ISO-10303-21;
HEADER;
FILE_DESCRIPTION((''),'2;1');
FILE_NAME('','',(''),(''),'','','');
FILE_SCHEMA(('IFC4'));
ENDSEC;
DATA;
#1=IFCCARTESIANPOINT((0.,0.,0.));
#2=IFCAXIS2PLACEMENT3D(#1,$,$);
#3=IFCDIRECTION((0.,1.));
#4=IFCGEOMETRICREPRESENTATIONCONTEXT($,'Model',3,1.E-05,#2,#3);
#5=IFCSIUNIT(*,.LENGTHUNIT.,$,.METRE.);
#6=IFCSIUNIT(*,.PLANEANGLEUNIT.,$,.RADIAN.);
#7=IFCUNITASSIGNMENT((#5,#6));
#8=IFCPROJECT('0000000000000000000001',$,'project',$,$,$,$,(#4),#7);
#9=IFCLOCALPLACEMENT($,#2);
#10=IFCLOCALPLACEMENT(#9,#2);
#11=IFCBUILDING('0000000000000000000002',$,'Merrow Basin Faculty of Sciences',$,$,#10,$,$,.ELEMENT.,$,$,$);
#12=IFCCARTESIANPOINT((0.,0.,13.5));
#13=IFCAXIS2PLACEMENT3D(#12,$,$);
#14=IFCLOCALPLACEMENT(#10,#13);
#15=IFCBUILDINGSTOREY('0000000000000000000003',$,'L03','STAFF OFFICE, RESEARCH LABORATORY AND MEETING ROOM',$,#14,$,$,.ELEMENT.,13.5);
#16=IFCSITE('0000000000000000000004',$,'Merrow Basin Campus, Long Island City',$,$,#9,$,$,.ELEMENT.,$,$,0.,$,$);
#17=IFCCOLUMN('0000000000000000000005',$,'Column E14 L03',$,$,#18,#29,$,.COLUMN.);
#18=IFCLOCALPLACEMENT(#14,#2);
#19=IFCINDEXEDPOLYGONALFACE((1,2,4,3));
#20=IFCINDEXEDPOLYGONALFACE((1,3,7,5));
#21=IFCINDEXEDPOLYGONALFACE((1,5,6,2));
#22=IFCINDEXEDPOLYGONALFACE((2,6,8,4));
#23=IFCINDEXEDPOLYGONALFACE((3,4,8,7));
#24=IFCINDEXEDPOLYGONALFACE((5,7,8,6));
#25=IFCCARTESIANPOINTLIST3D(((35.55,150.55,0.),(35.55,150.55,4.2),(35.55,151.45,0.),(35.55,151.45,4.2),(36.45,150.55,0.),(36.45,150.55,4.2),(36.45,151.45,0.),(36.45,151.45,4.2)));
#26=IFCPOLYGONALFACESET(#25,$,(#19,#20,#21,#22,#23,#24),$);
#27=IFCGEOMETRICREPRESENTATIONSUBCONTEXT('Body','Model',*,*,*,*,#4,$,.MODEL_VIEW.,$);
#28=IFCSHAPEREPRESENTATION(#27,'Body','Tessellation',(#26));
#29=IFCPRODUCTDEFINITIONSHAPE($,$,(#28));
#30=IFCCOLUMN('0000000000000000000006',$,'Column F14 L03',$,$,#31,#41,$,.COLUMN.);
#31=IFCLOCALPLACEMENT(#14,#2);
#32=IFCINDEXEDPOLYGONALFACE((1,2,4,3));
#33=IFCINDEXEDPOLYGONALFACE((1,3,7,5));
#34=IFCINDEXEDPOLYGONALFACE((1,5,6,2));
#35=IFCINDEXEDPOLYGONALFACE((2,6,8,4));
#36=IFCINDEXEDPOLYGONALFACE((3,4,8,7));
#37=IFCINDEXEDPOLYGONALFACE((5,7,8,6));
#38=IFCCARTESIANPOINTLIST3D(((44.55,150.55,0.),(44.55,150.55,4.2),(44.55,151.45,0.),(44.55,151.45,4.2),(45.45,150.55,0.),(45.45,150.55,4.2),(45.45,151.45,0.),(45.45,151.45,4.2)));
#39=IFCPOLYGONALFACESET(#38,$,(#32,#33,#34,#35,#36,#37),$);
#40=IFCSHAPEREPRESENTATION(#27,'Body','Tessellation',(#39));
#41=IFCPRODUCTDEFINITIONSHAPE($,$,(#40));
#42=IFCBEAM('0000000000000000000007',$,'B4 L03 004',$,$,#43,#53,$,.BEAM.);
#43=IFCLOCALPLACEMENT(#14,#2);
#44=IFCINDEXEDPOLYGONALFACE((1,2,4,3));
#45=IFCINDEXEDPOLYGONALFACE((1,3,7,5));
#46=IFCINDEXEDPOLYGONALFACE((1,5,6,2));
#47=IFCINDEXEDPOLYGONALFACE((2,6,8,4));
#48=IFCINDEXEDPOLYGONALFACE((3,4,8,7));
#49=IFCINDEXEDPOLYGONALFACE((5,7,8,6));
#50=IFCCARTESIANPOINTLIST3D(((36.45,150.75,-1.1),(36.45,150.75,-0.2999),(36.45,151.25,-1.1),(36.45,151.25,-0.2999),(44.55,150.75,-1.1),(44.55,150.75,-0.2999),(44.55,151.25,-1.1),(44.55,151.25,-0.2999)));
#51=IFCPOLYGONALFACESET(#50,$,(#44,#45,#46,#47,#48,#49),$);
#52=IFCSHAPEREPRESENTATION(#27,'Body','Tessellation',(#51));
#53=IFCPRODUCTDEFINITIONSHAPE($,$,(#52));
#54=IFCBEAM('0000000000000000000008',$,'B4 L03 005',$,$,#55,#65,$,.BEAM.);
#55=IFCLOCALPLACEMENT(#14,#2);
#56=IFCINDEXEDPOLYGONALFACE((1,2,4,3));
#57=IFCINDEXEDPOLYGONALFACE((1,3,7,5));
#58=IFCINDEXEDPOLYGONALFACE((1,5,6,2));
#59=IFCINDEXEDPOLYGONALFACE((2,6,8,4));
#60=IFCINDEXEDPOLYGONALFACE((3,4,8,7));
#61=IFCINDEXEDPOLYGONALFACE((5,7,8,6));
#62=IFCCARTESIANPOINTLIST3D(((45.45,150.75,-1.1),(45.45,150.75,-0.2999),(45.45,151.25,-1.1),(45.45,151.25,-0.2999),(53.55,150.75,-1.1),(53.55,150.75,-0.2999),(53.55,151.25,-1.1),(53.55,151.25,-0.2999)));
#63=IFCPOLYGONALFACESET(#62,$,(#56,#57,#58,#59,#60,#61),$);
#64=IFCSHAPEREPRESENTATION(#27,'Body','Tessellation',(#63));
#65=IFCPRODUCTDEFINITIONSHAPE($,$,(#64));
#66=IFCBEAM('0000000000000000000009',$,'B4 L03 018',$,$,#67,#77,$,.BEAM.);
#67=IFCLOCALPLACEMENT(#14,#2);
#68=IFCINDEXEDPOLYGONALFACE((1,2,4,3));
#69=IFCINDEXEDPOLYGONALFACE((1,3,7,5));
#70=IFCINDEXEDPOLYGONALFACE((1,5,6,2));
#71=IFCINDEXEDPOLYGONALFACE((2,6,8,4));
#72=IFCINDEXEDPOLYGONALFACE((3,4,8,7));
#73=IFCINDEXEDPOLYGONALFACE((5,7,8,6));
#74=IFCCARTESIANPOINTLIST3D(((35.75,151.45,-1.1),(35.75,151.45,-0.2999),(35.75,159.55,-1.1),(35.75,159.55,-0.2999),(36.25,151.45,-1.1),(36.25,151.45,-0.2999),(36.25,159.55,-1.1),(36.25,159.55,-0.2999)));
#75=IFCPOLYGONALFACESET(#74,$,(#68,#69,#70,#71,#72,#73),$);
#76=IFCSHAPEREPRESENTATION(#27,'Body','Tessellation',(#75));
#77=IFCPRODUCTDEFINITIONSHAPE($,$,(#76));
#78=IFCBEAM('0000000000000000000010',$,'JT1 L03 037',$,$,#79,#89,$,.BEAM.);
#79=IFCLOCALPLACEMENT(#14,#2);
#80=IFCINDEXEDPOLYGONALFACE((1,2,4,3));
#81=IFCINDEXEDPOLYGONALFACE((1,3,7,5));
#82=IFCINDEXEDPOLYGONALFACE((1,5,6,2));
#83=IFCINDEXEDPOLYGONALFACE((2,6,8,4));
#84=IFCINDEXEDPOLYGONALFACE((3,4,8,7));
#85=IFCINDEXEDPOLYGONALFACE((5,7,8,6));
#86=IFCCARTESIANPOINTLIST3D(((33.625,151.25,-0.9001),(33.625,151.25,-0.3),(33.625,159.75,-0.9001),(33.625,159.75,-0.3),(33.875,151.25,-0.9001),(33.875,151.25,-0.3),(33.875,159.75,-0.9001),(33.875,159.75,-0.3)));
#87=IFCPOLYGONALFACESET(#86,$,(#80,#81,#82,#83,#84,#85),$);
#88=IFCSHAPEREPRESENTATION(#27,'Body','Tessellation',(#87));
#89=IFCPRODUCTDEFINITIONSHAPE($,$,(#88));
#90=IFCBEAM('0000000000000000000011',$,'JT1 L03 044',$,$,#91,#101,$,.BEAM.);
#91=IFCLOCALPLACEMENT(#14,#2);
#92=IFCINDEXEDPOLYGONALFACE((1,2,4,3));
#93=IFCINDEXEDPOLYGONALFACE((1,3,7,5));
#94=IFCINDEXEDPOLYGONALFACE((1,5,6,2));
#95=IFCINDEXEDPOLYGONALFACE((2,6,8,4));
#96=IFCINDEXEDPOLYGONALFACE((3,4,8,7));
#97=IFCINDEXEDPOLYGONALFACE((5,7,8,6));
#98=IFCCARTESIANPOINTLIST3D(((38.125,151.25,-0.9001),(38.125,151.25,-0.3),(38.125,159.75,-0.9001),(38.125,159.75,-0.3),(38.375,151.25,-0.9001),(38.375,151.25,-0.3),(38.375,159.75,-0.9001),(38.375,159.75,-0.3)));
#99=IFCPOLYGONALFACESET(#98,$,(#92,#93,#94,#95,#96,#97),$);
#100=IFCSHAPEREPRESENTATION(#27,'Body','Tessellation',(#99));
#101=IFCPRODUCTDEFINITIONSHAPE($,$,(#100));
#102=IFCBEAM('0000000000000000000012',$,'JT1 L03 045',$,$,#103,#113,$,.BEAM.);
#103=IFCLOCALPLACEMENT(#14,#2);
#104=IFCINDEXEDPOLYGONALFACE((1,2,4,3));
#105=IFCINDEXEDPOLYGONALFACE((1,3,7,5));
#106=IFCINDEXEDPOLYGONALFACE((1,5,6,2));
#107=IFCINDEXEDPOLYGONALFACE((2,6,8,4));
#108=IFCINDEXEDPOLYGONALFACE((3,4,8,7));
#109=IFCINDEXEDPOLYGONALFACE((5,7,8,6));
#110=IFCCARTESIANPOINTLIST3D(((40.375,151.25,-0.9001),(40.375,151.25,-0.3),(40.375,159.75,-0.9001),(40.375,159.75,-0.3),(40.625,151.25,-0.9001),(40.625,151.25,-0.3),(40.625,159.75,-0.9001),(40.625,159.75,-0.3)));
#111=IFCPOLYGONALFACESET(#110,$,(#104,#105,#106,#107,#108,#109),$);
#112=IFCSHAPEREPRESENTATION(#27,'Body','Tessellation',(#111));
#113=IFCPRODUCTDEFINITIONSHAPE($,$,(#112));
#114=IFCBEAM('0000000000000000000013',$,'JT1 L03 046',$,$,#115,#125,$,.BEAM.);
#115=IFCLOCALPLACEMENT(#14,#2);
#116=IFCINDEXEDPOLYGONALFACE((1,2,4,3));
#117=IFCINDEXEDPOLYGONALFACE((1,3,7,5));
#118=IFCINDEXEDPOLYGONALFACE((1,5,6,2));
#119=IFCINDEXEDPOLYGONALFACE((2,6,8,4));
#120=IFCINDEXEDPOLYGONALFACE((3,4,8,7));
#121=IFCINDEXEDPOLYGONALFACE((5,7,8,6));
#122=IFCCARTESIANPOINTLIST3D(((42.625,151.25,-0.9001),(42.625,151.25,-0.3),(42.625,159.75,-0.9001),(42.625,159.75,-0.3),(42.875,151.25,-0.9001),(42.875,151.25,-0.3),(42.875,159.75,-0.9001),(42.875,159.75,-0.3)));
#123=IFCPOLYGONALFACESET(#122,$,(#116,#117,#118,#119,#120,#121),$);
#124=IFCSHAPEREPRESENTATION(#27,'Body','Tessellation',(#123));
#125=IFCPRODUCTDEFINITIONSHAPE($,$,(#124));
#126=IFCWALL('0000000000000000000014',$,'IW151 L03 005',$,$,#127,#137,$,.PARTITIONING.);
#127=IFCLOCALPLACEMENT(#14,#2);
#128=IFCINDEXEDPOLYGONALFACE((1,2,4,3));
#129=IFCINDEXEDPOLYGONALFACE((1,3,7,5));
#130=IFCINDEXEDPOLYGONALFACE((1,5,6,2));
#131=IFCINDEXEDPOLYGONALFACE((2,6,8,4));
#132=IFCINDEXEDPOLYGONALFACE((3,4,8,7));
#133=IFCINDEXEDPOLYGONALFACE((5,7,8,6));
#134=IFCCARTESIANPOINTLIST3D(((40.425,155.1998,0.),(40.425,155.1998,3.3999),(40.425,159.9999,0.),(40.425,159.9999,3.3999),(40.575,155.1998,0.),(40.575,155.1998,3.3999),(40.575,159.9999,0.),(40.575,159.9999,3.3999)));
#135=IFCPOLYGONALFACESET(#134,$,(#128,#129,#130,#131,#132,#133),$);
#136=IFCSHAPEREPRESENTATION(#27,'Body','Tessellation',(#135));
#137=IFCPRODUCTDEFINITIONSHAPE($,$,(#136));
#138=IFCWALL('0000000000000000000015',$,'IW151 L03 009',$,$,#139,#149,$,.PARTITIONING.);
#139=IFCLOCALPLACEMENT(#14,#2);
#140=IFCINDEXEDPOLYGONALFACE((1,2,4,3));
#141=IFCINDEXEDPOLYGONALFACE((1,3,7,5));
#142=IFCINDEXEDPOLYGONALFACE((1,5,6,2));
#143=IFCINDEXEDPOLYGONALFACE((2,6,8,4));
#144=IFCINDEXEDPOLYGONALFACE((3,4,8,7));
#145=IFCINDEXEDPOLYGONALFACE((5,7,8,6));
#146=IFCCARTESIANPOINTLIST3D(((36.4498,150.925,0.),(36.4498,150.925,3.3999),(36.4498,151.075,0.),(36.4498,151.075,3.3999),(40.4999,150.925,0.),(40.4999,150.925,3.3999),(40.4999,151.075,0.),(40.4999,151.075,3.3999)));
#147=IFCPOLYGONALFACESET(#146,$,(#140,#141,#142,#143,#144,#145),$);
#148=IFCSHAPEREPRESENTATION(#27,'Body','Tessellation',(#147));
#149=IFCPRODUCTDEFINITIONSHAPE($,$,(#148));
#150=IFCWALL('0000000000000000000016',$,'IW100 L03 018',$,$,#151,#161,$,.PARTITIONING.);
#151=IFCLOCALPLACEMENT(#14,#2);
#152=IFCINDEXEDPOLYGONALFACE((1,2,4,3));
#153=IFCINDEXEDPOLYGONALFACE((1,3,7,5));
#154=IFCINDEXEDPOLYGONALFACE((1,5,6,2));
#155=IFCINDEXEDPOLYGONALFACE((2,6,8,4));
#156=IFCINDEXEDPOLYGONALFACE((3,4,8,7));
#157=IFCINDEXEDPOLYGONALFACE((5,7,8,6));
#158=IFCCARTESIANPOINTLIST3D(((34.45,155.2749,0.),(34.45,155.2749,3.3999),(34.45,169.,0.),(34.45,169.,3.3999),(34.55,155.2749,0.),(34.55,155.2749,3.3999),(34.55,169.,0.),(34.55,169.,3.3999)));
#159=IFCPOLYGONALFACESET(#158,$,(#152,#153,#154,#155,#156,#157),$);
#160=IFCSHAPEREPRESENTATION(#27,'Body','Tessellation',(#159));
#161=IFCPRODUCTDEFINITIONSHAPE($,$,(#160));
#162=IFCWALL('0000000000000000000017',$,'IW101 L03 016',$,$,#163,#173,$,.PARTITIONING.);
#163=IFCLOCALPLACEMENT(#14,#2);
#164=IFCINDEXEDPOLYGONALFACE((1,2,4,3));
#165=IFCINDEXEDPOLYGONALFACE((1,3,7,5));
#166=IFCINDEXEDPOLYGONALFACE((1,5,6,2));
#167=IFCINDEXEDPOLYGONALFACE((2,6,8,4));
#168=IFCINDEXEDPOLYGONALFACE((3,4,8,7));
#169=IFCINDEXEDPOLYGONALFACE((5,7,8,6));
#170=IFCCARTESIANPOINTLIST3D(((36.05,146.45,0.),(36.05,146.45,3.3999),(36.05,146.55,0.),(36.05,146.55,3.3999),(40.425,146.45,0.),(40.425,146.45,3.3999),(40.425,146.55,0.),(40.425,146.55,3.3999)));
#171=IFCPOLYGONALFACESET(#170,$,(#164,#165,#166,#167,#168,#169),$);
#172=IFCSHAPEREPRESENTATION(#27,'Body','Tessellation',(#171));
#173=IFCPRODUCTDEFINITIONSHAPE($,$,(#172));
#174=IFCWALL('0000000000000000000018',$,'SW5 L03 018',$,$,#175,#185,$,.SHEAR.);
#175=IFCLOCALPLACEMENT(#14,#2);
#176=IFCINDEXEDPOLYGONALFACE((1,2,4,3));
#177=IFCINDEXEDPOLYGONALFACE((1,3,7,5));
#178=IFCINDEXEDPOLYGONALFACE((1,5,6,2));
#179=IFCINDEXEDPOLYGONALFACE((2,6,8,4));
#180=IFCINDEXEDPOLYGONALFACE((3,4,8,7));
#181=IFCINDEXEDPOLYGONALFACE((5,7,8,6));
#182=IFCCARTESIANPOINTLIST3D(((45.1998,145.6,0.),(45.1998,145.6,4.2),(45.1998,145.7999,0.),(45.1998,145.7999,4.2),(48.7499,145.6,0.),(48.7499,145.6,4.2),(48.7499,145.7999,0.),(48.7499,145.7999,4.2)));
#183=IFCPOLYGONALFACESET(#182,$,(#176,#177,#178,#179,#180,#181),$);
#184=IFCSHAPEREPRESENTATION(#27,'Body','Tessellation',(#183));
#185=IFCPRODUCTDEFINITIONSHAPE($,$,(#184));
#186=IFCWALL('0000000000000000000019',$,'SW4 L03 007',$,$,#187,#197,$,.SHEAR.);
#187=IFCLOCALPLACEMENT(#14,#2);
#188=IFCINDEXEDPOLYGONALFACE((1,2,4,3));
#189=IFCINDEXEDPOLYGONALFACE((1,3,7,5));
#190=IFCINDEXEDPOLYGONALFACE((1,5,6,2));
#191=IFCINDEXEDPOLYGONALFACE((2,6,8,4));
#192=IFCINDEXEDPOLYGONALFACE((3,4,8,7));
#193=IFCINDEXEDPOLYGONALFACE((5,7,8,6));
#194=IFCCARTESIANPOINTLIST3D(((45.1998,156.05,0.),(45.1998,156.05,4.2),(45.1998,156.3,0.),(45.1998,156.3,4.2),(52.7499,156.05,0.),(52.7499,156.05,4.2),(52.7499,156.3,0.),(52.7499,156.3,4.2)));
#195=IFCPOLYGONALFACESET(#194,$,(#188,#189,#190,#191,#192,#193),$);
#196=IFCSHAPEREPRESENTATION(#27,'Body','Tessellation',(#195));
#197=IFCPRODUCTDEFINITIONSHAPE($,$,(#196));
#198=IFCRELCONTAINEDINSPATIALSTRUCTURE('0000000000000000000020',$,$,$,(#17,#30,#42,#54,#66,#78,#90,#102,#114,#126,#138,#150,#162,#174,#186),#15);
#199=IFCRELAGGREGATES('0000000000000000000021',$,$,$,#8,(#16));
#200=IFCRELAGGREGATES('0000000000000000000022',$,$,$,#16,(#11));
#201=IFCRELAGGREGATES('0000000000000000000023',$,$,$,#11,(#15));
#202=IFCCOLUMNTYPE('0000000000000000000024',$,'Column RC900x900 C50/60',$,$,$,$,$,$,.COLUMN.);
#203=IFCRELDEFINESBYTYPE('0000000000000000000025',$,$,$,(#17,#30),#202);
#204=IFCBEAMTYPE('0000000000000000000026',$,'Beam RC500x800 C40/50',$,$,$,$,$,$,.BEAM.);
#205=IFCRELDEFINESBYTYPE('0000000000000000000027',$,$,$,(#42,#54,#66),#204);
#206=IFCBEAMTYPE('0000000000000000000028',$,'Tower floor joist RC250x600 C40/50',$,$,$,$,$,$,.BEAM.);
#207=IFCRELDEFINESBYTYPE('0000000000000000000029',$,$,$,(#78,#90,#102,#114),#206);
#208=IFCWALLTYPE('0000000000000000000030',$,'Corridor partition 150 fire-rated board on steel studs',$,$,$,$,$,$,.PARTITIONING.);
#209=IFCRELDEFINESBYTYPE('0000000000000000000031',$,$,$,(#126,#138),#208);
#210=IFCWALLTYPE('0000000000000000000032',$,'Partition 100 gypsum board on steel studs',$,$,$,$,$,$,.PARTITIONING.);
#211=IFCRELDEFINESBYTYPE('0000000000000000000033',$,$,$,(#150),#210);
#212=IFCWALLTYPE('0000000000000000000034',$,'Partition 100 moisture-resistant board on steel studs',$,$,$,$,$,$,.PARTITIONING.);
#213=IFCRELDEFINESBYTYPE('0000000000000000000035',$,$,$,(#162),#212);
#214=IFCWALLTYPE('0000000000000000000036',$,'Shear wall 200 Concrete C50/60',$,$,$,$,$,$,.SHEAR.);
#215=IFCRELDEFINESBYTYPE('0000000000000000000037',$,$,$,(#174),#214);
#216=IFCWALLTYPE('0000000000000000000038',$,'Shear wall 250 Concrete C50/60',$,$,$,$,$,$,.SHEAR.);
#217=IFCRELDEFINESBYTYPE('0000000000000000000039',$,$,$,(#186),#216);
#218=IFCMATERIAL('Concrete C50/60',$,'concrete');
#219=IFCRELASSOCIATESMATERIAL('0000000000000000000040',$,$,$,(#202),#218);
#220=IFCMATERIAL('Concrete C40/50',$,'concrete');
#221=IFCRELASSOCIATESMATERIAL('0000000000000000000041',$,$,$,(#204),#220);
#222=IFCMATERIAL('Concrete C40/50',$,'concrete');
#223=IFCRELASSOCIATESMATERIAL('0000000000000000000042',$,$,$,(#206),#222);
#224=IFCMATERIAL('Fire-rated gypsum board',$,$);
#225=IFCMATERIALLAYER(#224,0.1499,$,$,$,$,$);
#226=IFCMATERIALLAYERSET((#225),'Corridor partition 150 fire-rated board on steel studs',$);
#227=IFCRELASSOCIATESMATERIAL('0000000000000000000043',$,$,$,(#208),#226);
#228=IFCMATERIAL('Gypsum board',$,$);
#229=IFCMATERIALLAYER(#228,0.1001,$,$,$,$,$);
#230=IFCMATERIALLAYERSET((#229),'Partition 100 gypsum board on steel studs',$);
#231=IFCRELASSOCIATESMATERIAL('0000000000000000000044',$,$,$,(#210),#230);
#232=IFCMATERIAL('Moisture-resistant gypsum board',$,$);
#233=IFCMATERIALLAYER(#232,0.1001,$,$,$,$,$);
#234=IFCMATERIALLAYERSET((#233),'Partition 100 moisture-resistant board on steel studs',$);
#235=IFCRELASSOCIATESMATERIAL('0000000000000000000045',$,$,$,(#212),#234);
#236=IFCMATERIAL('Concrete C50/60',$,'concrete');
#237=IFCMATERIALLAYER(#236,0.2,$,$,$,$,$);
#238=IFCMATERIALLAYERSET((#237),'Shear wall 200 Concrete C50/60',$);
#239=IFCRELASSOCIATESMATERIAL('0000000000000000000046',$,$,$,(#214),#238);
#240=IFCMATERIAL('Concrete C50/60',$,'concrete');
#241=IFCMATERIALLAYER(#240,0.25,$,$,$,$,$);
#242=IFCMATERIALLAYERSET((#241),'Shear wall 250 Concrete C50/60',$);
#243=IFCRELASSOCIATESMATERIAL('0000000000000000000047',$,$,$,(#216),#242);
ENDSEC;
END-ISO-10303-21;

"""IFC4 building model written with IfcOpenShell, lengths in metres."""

from ifc_helpers import new_model, si_unit, direction, frame, frame_2d, origin, origin_2d, place, context, subcontext, project, spatial, rectangle, extrude, material, layer, layer_set, material_profile, profile_set, type_object, element, save


model = new_model("IFC4")

# Units and contexts
model_context = context("Model", 3, precision=1e-05, world=origin(), true_north=direction((0.0, 1.0)))
body_context = subcontext(model_context, "Body", "Model", "MODEL_VIEW")
ifc_project = project(units=[si_unit("LENGTHUNIT", "METRE"), si_unit("PLANEANGLEUNIT", "RADIAN")], contexts=[model_context])

# Site, building, storey
site_placement = place(None, origin())
site = spatial("IfcSite", under=ifc_project, at=site_placement, Name="Merrow Basin Campus, Long Island City", CompositionType="ELEMENT", RefElevation=0.0)
building_placement = place(site_placement, origin())
building = spatial("IfcBuilding", under=site, at=building_placement, Name="Merrow Basin Faculty of Sciences", CompositionType="ELEMENT")
storey_placement = place(building_placement, frame((0.0, 0.0, 13.5)))
storey = spatial("IfcBuildingStorey", under=building, at=storey_placement, Name="L03", Description="STAFF OFFICE, RESEARCH LABORATORY AND MEETING ROOM", CompositionType="ELEMENT", Elevation=13.5)

# Columns
ifc_material_1 = material(Name="Concrete C50/60", Category="concrete")
ifc_material_profile_1 = material_profile(ifc_material_1, rectangle(XDim=0.8999, YDim=0.8999, at=origin_2d()))
ifc_profile_set_1 = profile_set([ifc_material_profile_1], Name="Concrete C50/60")
column_type = type_object("IfcColumnType", Name="Column RC900x900 C50/60", PredefinedType="COLUMN", material=ifc_profile_set_1)
for number, where, z_axis, x_axis, name in (
    (1, (36.0, 151.0, 0.0), (0.0, 0.0, 1.0), (1.0, 0.0, 0.0), "Column E14 L03"),
    (2, (45.0, 151.0, 0.0), (0.0, 0.0, 1.0), (1.0, 0.0, 0.0), "Column F14 L03"),
):
    element("IfcColumn", number, at=place(storey_placement, frame(where, z_axis=z_axis, x_axis=x_axis)), inside=storey, type_object=column_type, Name=name, PredefinedType="COLUMN", context=body_context, shape_type="SweptSolid", body=[
        extrude(rectangle(XDim=0.8999, YDim=0.8999, at=origin_2d()), origin(), (0.0, 0.0, 1.0), 4.2),
    ])

# Beams
ifc_material_2 = material(Name="Concrete C40/50", Category="concrete")
ifc_material_profile_2 = material_profile(ifc_material_2, rectangle(XDim=0.5, YDim=0.8, at=origin_2d()))
ifc_profile_set_2 = profile_set([ifc_material_profile_2], Name="Concrete C40/50")
beam_type_1 = type_object("IfcBeamType", Name="Beam RC500x800 C40/50", PredefinedType="BEAM", material=ifc_profile_set_2)
for number, where, z_axis, x_axis, name in (
    (3, (36.45, 151.0, -0.7), (1.0, 0.0, 0.0), (0.0, 1.0, 0.0), "B4 L03 004"),
    (4, (45.45, 151.0, -0.7), (1.0, 0.0, 0.0), (0.0, 1.0, 0.0), "B4 L03 005"),
    (5, (36.0, 151.45, -0.7), (0.0, 1.0, 0.0), (-1.0, 0.0, 0.0), "B4 L03 018"),
):
    element("IfcBeam", number, at=place(storey_placement, frame(where, z_axis=z_axis, x_axis=x_axis)), inside=storey, type_object=beam_type_1, Name=name, PredefinedType="BEAM", context=body_context, shape_type="SweptSolid", body=[
        extrude(rectangle(XDim=0.5, YDim=0.8, at=origin_2d()), origin(), (0.0, 0.0, 1.0), 8.1001),
    ])
ifc_material_3 = material(Name="Concrete C40/50", Category="concrete")
ifc_material_profile_3 = material_profile(ifc_material_3, rectangle(XDim=0.25, YDim=0.6001, at=origin_2d()))
ifc_profile_set_3 = profile_set([ifc_material_profile_3], Name="Concrete C40/50")
beam_type_2 = type_object("IfcBeamType", Name="Tower floor joist RC250x600 C40/50", PredefinedType="BEAM", material=ifc_profile_set_3)
for number, where, z_axis, x_axis, name in (
    (6, (33.75, 151.25, -0.6001), (0.0, 1.0, 0.0), (-1.0, 0.0, 0.0), "JT1 L03 037"),
    (7, (38.25, 151.25, -0.6001), (0.0, 1.0, 0.0), (-1.0, 0.0, 0.0), "JT1 L03 044"),
    (8, (40.5, 151.25, -0.6001), (0.0, 1.0, 0.0), (-1.0, 0.0, 0.0), "JT1 L03 045"),
    (9, (42.75, 151.25, -0.6001), (0.0, 1.0, 0.0), (-1.0, 0.0, 0.0), "JT1 L03 046"),
):
    element("IfcBeam", number, at=place(storey_placement, frame(where, z_axis=z_axis, x_axis=x_axis)), inside=storey, type_object=beam_type_2, Name=name, PredefinedType="BEAM", context=body_context, shape_type="SweptSolid", body=[
        extrude(rectangle(XDim=0.25, YDim=0.6001, at=origin_2d()), origin(), (0.0, 0.0, 1.0), 8.5),
    ])

# Walls
ifc_material_4 = material(Name="Fire-rated gypsum board")
ifc_layer_1 = layer(ifc_material_4, 0.1499)
ifc_layer_set_1 = layer_set([ifc_layer_1], Name="Corridor partition 150 fire-rated board on steel studs")
wall_type_1 = type_object("IfcWallType", Name="Corridor partition 150 fire-rated board on steel studs", PredefinedType="PARTITIONING", material=ifc_layer_set_1)
wall_1_placement = place(storey_placement, frame((40.5, 155.2, 0.0), z_axis=(0.0, 0.0, 1.0), x_axis=(0.0, 1.0, 0.0)))
element("IfcWall", 10, at=wall_1_placement, inside=storey, type_object=wall_type_1, Name="IW151 L03 005", PredefinedType="PARTITIONING", context=body_context, shape_type="SweptSolid", body=[
    extrude(rectangle(XDim=4.8, YDim=0.1499, at=frame_2d((2.3999, 0.0))), origin(), (0.0, 0.0, 1.0), 3.3999),
])
wall_2_placement = place(storey_placement, frame((36.45, 151.0, 0.0), z_axis=(0.0, 0.0, 1.0), x_axis=(1.0, 0.0, 0.0)))
element("IfcWall", 11, at=wall_2_placement, inside=storey, type_object=wall_type_1, Name="IW151 L03 009", PredefinedType="PARTITIONING", context=body_context, shape_type="SweptSolid", body=[
    extrude(rectangle(XDim=4.05, YDim=0.1499, at=frame_2d((2.0249, 0.0))), origin(), (0.0, 0.0, 1.0), 3.3999),
])
ifc_material_5 = material(Name="Gypsum board")
ifc_layer_2 = layer(ifc_material_5, 0.1001)
ifc_layer_set_2 = layer_set([ifc_layer_2], Name="Partition 100 gypsum board on steel studs")
wall_type_2 = type_object("IfcWallType", Name="Partition 100 gypsum board on steel studs", PredefinedType="PARTITIONING", material=ifc_layer_set_2)
wall_3_placement = place(storey_placement, frame((34.5, 155.2749, 0.0), z_axis=(0.0, 0.0, 1.0), x_axis=(0.0, 1.0, 0.0)))
element("IfcWall", 12, at=wall_3_placement, inside=storey, type_object=wall_type_2, Name="IW100 L03 018", PredefinedType="PARTITIONING", context=body_context, shape_type="SweptSolid", body=[
    extrude(rectangle(XDim=13.7251, YDim=0.1001, at=frame_2d((6.8625, 0.0))), origin(), (0.0, 0.0, 1.0), 3.3999),
])
ifc_material_6 = material(Name="Moisture-resistant gypsum board")
ifc_layer_3 = layer(ifc_material_6, 0.1001)
ifc_layer_set_3 = layer_set([ifc_layer_3], Name="Partition 100 moisture-resistant board on steel studs")
wall_type_3 = type_object("IfcWallType", Name="Partition 100 moisture-resistant board on steel studs", PredefinedType="PARTITIONING", material=ifc_layer_set_3)
wall_4_placement = place(storey_placement, frame((36.05, 146.5, 0.0), z_axis=(0.0, 0.0, 1.0), x_axis=(1.0, 0.0, 0.0)))
element("IfcWall", 13, at=wall_4_placement, inside=storey, type_object=wall_type_3, Name="IW101 L03 016", PredefinedType="PARTITIONING", context=body_context, shape_type="SweptSolid", body=[
    extrude(rectangle(XDim=4.375, YDim=0.1001, at=frame_2d((2.1875, 0.0))), origin(), (0.0, 0.0, 1.0), 3.3999),
])
ifc_material_7 = material(Name="Concrete C50/60", Category="concrete")
ifc_layer_4 = layer(ifc_material_7, 0.2)
ifc_layer_set_4 = layer_set([ifc_layer_4], Name="Shear wall 200 Concrete C50/60")
wall_type_4 = type_object("IfcWallType", Name="Shear wall 200 Concrete C50/60", PredefinedType="SHEAR", material=ifc_layer_set_4)
wall_5_placement = place(storey_placement, frame((45.2, 145.7, 0.0), z_axis=(0.0, 0.0, 1.0), x_axis=(1.0, 0.0, 0.0)))
element("IfcWall", 14, at=wall_5_placement, inside=storey, type_object=wall_type_4, Name="SW5 L03 018", PredefinedType="SHEAR", context=body_context, shape_type="SweptSolid", body=[
    extrude(rectangle(XDim=3.55, YDim=0.2, at=frame_2d((1.7749, 0.0))), origin(), (0.0, 0.0, 1.0), 4.2),
])
ifc_material_8 = material(Name="Concrete C50/60", Category="concrete")
ifc_layer_5 = layer(ifc_material_8, 0.25)
ifc_layer_set_5 = layer_set([ifc_layer_5], Name="Shear wall 250 Concrete C50/60")
wall_type_5 = type_object("IfcWallType", Name="Shear wall 250 Concrete C50/60", PredefinedType="SHEAR", material=ifc_layer_set_5)
for number, where, z_axis, x_axis, name in (
    (15, (45.2, 156.175, 0.0), (0.0, 0.0, 1.0), (1.0, 0.0, 0.0), "SW4 L03 007"),
):
    element("IfcWall", number, at=place(storey_placement, frame(where, z_axis=z_axis, x_axis=x_axis)), inside=storey, type_object=wall_type_5, Name=name, PredefinedType="SHEAR", context=body_context, shape_type="SweptSolid", body=[
        extrude(rectangle(XDim=7.55, YDim=0.25, at=frame_2d((3.7749, 0.0))), origin(), (0.0, 0.0, 1.0), 4.2),
    ])

save(model, "model.ifc")
